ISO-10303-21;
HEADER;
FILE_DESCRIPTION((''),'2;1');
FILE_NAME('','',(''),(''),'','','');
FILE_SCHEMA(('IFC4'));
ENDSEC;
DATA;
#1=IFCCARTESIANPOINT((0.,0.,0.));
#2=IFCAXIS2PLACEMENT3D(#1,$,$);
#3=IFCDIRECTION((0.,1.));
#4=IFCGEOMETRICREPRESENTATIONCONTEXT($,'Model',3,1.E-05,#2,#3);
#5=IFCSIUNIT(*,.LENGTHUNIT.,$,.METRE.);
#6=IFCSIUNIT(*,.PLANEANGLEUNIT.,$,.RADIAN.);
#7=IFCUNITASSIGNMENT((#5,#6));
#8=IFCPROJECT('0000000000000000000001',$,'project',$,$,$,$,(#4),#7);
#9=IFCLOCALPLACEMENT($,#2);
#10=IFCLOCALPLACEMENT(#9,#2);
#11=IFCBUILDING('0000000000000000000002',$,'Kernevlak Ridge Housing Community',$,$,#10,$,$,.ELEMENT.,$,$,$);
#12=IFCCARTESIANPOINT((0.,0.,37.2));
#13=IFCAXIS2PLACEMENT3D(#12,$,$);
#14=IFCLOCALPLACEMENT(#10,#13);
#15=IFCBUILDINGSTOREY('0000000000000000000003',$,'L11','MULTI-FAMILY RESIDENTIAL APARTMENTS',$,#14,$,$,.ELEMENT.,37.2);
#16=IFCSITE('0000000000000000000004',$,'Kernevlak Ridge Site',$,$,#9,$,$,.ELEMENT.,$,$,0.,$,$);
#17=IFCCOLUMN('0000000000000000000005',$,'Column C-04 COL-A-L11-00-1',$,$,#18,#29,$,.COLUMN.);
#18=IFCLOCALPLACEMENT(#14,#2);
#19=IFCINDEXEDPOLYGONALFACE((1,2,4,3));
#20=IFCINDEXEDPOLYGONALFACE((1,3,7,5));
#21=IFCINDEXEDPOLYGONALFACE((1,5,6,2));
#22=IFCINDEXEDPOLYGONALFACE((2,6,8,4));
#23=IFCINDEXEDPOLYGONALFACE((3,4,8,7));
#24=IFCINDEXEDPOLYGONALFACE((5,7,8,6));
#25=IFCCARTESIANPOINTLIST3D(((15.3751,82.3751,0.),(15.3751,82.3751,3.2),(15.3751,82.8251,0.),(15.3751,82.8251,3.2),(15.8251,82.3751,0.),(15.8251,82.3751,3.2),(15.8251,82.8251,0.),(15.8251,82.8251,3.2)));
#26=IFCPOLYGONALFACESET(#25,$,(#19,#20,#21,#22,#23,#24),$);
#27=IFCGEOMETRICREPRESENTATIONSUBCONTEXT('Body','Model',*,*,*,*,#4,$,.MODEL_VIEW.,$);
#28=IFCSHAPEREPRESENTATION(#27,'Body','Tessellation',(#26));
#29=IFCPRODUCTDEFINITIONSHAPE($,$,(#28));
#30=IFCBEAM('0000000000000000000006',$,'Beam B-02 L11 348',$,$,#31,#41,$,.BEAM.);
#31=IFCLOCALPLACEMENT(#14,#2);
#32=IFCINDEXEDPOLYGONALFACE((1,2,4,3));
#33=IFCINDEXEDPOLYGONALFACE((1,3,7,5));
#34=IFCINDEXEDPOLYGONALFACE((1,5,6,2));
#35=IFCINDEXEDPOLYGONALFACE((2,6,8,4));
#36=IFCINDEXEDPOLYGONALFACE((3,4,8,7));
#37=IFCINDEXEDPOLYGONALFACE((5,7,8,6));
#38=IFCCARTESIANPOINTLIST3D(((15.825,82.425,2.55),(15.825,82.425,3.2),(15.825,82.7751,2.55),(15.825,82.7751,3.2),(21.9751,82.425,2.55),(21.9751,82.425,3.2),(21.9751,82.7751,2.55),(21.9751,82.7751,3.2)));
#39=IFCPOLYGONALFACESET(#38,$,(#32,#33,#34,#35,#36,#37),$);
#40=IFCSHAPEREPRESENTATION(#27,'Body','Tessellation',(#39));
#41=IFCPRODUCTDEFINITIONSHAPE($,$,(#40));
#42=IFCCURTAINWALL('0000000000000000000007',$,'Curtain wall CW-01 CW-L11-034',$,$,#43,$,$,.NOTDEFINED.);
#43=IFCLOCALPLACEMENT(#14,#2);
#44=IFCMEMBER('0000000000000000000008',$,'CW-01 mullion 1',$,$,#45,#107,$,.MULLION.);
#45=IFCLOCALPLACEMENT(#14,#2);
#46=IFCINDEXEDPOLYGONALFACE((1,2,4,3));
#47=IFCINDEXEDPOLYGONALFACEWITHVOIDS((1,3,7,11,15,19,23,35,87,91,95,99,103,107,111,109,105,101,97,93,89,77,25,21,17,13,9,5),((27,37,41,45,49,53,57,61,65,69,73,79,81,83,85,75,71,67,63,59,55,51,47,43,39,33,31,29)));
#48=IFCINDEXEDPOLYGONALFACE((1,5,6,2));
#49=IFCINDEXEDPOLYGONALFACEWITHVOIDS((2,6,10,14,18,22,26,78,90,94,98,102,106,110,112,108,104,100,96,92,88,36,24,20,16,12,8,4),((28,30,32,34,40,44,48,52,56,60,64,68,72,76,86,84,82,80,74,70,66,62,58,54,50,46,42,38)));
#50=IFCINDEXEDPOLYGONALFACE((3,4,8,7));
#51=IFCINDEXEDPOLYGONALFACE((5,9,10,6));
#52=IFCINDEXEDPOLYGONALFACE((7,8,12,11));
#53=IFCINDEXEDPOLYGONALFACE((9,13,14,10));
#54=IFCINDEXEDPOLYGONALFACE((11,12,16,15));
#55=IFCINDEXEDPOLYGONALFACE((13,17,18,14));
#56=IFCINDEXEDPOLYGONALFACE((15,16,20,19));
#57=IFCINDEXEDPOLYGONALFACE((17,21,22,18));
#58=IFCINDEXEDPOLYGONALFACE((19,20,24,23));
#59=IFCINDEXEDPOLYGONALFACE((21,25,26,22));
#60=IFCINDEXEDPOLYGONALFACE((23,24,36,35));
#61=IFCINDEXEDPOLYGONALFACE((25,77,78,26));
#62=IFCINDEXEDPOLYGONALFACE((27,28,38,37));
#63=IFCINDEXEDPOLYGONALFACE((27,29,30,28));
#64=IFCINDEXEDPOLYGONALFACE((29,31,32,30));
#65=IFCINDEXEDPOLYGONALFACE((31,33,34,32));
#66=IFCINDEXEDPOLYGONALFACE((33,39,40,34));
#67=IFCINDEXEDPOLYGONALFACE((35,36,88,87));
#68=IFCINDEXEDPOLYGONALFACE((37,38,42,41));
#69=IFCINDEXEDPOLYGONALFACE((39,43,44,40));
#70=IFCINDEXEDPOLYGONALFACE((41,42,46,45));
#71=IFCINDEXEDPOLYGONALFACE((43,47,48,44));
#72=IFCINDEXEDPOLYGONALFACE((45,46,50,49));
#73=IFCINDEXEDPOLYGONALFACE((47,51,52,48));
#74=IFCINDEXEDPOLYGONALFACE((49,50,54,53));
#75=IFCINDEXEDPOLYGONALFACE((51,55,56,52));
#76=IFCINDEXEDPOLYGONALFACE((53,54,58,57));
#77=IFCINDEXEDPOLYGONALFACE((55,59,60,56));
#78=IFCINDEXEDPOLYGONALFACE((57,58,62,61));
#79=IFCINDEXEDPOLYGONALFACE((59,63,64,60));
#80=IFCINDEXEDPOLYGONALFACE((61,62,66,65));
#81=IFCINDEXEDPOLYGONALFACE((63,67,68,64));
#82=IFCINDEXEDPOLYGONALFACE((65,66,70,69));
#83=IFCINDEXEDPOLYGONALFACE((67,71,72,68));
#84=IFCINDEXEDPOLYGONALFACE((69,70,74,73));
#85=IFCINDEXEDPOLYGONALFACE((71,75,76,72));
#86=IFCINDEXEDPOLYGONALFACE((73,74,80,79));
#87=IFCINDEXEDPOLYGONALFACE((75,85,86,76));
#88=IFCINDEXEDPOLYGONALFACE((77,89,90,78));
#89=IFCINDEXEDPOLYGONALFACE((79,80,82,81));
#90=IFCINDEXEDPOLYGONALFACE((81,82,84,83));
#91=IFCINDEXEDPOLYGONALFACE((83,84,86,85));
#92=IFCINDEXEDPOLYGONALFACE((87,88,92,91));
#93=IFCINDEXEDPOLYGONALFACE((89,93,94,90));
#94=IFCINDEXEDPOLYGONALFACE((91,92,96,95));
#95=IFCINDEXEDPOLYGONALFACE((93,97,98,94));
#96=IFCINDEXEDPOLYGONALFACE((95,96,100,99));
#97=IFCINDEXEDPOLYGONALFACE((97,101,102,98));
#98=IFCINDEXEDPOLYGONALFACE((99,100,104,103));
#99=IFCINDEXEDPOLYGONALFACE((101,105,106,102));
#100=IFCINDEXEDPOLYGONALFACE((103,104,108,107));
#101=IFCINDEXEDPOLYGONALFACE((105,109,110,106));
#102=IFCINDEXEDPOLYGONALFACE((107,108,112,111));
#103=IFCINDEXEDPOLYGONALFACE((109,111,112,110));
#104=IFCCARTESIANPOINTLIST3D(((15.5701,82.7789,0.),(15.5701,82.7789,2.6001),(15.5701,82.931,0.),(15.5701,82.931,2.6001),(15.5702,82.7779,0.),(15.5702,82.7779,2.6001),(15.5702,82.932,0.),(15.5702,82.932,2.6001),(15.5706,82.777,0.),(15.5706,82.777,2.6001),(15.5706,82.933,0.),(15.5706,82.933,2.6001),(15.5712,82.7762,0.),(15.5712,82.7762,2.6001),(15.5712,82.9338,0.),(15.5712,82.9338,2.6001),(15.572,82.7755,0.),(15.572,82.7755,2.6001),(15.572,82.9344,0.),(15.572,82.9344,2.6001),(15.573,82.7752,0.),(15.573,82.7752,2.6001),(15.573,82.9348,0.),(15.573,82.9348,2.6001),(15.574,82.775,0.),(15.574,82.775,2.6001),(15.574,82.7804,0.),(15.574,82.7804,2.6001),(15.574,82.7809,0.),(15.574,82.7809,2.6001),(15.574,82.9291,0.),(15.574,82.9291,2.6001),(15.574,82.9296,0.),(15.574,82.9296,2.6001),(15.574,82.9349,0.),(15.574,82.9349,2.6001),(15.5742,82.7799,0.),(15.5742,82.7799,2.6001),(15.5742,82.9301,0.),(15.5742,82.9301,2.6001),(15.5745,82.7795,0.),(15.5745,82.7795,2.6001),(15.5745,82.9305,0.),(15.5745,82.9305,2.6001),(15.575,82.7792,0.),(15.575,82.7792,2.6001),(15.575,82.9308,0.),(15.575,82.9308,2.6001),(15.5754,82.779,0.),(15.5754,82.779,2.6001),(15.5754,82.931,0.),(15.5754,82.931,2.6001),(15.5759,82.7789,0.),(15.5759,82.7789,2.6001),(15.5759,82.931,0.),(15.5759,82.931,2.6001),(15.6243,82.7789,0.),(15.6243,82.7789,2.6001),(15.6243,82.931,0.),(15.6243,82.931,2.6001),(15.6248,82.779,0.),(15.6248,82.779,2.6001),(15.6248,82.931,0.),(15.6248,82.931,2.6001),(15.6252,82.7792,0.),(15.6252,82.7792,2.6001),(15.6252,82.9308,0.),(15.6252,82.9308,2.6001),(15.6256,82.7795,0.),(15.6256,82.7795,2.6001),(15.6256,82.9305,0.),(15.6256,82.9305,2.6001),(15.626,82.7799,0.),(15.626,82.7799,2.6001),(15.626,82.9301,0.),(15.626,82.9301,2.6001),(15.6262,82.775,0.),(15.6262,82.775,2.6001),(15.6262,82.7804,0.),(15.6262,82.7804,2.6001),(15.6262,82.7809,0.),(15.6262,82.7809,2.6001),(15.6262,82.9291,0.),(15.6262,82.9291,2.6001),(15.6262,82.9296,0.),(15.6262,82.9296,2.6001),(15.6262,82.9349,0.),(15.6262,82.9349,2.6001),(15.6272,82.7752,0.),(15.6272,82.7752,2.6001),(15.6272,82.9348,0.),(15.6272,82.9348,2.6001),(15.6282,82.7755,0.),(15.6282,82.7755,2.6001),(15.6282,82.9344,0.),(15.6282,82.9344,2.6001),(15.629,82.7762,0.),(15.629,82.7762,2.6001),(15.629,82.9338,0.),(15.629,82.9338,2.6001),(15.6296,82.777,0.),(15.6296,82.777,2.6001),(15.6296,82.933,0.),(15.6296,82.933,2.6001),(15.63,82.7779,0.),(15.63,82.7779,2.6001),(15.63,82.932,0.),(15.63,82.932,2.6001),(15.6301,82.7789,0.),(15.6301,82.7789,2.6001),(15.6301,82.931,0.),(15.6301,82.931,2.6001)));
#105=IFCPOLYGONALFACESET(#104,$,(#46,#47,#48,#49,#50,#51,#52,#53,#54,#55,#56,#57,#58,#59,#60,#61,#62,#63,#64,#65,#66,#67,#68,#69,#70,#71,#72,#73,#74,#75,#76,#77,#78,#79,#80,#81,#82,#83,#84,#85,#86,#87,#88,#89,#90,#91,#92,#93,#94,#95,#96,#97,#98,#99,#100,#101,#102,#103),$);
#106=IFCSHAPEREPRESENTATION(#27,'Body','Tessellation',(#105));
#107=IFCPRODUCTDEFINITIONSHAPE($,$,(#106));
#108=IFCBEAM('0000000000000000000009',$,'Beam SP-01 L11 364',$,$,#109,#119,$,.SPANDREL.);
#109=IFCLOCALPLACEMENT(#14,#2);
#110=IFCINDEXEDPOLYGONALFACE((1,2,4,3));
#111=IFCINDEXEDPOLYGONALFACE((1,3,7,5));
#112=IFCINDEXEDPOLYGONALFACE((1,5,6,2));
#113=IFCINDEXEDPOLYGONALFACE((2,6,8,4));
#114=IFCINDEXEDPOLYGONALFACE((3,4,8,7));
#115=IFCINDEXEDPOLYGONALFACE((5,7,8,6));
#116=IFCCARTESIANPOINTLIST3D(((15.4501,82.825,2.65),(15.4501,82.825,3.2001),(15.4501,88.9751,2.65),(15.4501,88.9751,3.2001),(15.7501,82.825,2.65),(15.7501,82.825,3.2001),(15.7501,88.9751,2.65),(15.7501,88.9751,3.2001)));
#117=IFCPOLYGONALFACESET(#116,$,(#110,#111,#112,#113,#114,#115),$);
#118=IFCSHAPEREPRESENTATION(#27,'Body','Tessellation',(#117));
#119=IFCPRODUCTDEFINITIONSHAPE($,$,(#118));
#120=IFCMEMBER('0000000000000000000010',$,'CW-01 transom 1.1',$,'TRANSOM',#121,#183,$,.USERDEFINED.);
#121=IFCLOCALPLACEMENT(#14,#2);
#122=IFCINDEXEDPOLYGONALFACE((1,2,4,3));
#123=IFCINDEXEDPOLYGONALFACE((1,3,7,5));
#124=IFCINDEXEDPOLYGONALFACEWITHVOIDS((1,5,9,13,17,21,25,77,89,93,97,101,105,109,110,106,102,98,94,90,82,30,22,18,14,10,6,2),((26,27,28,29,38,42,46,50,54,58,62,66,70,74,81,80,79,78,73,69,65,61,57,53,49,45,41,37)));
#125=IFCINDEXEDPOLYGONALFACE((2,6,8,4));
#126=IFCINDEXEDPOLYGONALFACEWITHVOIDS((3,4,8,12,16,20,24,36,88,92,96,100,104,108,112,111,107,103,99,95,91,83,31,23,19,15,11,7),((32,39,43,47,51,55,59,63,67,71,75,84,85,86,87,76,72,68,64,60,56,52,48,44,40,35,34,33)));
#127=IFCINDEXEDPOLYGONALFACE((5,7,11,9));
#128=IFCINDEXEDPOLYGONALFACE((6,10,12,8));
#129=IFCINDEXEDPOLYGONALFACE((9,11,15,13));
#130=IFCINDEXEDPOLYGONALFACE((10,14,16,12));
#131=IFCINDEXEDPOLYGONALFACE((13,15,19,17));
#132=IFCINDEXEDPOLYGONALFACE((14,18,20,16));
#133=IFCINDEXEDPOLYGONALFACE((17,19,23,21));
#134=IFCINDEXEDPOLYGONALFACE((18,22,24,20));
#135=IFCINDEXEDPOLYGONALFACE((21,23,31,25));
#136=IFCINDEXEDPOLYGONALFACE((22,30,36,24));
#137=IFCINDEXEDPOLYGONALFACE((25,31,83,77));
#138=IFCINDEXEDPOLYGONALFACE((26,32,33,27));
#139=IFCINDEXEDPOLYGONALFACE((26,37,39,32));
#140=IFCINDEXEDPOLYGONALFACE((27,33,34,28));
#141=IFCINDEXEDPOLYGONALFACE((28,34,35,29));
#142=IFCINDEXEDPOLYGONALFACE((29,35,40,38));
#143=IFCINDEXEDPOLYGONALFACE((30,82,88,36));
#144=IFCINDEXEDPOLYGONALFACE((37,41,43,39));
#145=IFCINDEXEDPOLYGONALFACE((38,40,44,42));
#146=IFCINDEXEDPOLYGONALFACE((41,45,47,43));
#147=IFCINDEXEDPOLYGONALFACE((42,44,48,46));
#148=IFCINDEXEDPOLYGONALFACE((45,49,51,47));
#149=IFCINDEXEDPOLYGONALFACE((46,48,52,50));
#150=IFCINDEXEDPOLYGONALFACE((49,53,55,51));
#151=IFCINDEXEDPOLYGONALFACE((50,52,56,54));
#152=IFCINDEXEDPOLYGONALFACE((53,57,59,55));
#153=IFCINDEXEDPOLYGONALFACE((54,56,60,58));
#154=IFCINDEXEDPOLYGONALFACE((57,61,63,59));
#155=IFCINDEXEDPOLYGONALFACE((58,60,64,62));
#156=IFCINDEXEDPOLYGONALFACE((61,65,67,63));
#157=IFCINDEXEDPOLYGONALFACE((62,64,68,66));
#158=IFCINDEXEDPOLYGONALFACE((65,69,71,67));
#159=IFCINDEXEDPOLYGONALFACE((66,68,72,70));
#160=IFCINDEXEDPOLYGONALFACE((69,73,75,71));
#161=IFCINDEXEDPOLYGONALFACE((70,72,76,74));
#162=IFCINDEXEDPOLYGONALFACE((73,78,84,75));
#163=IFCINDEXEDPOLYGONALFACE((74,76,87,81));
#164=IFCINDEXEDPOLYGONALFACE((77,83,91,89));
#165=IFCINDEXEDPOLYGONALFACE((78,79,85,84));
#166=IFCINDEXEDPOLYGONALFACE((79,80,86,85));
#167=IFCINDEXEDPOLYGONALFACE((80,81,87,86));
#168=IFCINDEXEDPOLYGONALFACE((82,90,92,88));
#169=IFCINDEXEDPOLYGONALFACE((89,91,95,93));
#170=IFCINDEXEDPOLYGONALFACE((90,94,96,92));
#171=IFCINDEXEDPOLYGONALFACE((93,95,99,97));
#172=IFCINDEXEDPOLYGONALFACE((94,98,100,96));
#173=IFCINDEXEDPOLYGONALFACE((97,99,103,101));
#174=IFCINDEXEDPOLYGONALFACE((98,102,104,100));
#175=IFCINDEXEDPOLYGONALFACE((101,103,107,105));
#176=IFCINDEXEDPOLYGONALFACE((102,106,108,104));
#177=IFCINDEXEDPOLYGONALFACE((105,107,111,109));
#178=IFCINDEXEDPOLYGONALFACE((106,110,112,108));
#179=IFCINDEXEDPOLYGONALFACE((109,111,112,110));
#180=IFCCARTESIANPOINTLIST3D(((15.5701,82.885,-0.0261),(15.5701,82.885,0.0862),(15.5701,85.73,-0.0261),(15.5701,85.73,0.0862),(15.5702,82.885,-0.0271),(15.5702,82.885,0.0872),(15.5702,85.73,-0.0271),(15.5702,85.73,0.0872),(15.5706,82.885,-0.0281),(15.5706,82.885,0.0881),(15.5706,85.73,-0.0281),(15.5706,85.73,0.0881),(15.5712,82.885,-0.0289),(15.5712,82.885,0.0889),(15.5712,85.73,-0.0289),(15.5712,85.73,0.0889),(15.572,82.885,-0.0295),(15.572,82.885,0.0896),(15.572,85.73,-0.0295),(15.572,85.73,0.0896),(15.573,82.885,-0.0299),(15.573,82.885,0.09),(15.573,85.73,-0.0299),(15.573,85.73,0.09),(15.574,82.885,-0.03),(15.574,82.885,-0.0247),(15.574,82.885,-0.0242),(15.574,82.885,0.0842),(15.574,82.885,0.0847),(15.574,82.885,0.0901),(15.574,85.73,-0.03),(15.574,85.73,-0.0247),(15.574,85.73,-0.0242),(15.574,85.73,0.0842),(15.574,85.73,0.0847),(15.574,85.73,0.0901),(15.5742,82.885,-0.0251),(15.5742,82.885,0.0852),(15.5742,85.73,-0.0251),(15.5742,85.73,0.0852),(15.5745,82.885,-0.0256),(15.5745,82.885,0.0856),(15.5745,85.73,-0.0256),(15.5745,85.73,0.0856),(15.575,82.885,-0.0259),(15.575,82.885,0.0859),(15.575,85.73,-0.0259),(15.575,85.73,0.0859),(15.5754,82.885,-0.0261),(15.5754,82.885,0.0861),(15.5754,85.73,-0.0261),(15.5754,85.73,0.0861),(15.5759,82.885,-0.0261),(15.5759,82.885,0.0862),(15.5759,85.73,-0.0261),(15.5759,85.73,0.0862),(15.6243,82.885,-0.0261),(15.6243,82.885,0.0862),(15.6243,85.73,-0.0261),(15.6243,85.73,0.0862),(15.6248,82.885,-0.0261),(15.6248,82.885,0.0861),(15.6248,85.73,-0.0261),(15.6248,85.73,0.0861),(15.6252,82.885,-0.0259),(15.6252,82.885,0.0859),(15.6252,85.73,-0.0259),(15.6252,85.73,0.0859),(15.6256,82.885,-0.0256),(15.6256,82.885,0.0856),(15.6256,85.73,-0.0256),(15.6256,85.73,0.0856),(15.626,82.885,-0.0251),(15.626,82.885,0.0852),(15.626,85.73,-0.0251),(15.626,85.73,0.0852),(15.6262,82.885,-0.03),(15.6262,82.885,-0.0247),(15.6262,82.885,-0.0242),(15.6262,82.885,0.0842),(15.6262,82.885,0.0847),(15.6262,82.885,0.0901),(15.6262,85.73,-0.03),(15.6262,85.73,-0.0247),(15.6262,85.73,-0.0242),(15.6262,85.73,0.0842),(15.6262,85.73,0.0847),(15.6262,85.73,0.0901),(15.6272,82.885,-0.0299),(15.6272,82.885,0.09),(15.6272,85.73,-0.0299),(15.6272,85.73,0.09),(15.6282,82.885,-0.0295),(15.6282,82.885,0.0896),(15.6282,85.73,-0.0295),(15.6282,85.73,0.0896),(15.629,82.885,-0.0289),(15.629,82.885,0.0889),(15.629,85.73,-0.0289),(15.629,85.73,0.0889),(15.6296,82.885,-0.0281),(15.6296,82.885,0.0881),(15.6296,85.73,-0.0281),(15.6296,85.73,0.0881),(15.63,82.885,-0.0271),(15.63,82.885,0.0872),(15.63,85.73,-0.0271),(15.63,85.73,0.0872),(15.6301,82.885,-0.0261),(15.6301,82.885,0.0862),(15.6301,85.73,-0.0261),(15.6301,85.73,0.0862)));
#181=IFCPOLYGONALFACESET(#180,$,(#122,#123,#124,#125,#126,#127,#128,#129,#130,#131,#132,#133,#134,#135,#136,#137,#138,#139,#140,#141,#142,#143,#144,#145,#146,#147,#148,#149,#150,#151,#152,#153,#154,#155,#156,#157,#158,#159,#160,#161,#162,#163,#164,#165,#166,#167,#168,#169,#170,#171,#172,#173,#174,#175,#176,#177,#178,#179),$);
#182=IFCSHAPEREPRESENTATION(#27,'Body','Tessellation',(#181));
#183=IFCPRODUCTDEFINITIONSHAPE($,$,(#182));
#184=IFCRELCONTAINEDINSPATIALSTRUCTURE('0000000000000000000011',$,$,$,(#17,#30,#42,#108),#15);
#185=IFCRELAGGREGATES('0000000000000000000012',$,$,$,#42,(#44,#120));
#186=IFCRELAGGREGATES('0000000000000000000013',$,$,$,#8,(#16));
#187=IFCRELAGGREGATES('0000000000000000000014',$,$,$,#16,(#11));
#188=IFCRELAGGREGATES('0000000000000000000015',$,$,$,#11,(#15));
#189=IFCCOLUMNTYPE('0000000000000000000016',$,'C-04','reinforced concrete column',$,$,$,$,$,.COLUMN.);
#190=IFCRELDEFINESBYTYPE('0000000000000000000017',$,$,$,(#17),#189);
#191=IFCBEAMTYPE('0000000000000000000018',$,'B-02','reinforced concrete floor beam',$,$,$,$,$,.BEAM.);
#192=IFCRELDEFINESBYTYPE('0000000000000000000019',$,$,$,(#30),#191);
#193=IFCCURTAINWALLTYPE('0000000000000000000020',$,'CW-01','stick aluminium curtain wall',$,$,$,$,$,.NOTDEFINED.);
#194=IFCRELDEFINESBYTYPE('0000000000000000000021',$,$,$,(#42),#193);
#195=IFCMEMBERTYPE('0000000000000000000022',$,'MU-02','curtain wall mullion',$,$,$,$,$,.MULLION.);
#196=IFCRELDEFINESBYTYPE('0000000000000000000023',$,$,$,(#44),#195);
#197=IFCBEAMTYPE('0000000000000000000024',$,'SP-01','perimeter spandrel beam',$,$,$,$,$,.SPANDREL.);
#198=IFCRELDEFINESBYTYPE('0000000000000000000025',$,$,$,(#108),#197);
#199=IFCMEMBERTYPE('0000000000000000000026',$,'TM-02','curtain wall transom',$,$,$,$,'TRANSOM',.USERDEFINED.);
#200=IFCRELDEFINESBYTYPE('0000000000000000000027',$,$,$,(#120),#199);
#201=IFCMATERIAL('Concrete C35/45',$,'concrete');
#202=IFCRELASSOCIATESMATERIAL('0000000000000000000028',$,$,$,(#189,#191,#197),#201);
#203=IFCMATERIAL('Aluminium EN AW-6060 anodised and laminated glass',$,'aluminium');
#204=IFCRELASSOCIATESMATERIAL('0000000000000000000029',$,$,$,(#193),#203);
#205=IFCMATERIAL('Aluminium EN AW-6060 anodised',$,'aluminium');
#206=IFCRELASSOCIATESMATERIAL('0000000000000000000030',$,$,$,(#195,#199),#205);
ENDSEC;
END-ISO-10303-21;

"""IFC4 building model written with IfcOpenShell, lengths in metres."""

from ifc_helpers import new_model, si_unit, direction, frame, origin, origin_2d, place, context, subcontext, project, spatial, rectangle, hollow_rectangle, extrude, material, material_profile, profile_set, type_object, element, aggregate, save


model = new_model("IFC4")

# Units and contexts
model_context = context("Model", 3, precision=1e-05, world=origin(), true_north=direction((0.0, 1.0)))
body_context = subcontext(model_context, "Body", "Model", "MODEL_VIEW")
ifc_project = project(units=[si_unit("LENGTHUNIT", "METRE"), si_unit("PLANEANGLEUNIT", "RADIAN")], contexts=[model_context])

# Site, building, storey
site_placement = place(None, origin())
site = spatial("IfcSite", under=ifc_project, at=site_placement, Name="Kernevlak Ridge Site", CompositionType="ELEMENT", RefElevation=0.0)
building_placement = place(site_placement, origin())
building = spatial("IfcBuilding", under=site, at=building_placement, Name="Kernevlak Ridge Housing Community", CompositionType="ELEMENT")
storey_placement = place(building_placement, frame((0.0, 0.0, 37.2)))
storey = spatial("IfcBuildingStorey", under=building, at=storey_placement, Name="L11", Description="MULTI-FAMILY RESIDENTIAL APARTMENTS", CompositionType="ELEMENT", Elevation=37.2)

# Column
ifc_material_1 = material(Name="Concrete C35/45", Category="concrete")
ifc_material_profile_1 = material_profile(ifc_material_1, rectangle(XDim=0.45, YDim=0.45, at=origin_2d()), Name="RC 450x450")
ifc_profile_set_1 = profile_set([ifc_material_profile_1], Name="Concrete C35/45")
column_type = type_object("IfcColumnType", Name="C-04", Description="reinforced concrete column", PredefinedType="COLUMN", material=ifc_profile_set_1)
column_placement = place(storey_placement, frame((15.6001, 82.6001, 0.0), z_axis=(0.0, 0.0, 1.0), x_axis=(1.0, 0.0, 0.0)))
element("IfcColumn", 1, at=column_placement, inside=storey, type_object=column_type, Name="Column C-04 COL-A-L11-00-1", PredefinedType="COLUMN", context=body_context, shape_type="SweptSolid", body=[
    extrude(rectangle(XDim=0.45, YDim=0.45, at=origin_2d()), origin(), (0.0, 0.0, 1.0), 3.2),
])

# Beam
ifc_material_profile_2 = material_profile(ifc_material_1, rectangle(XDim=0.3501, YDim=0.6499, at=origin_2d()), Name="RC 350x650")
ifc_profile_set_2 = profile_set([ifc_material_profile_2], Name="Concrete C35/45")
beam_type_1 = type_object("IfcBeamType", Name="B-02", Description="reinforced concrete floor beam", PredefinedType="BEAM", material=ifc_profile_set_2)
beam_1_placement = place(storey_placement, frame((15.825, 82.6001, 2.875), z_axis=(1.0, 0.0, 0.0), x_axis=(0.0, 1.0, 0.0)))
element("IfcBeam", 2, at=beam_1_placement, inside=storey, type_object=beam_type_1, Name="Beam B-02 L11 348", PredefinedType="BEAM", context=body_context, shape_type="SweptSolid", body=[
    extrude(rectangle(XDim=0.3501, YDim=0.6499, at=origin_2d()), origin(), (0.0, 0.0, 1.0), 6.1501),
])

# Curtain wall, member
ifc_material_2 = material(Name="Aluminium EN AW-6060 anodised and laminated glass", Category="aluminium")
curtain_wall_type = type_object("IfcCurtainWallType", Name="CW-01", Description="stick aluminium curtain wall", PredefinedType="NOTDEFINED", material=ifc_material_2)
curtain_wall_placement = place(storey_placement, origin())
curtain_wall = element("IfcCurtainWall", 3, at=curtain_wall_placement, inside=storey, type_object=curtain_wall_type, Name="Curtain wall CW-01 CW-L11-034", PredefinedType="NOTDEFINED")
ifc_material_3 = material(Name="Aluminium EN AW-6060 anodised", Category="aluminium")
ifc_material_profile_3 = material_profile(ifc_material_3, hollow_rectangle(XDim=0.0601, YDim=0.1599, WallThickness=0.0039, InnerFilletRadius=0.002, OuterFilletRadius=0.0039, at=origin_2d()), Name="ALU 60x160x4")
ifc_profile_set_3 = profile_set([ifc_material_profile_3], Name="Aluminium EN AW-6060 anodised")
member_type_1 = type_object("IfcMemberType", Name="MU-02", Description="curtain wall mullion", PredefinedType="MULLION", material=ifc_profile_set_3)
member_1_placement = place(storey_placement, frame((15.6001, 82.855, 0.0), z_axis=(0.0, 0.0, 1.0), x_axis=(-1.0, 0.0, 0.0)))
member_1 = element("IfcMember", 4, at=member_1_placement, type_object=member_type_1, Name="CW-01 mullion 1", PredefinedType="MULLION", context=body_context, shape_type="SweptSolid", body=[
    extrude(hollow_rectangle(XDim=0.0601, YDim=0.1599, WallThickness=0.0039, InnerFilletRadius=0.002, OuterFilletRadius=0.0039, at=origin_2d()), origin(), (0.0, 0.0, 1.0), 2.6001),
])

# Beam
ifc_material_profile_4 = material_profile(ifc_material_1, rectangle(XDim=0.3, YDim=0.55, at=origin_2d()), Name="RC 300x550")
ifc_profile_set_4 = profile_set([ifc_material_profile_4], Name="Concrete C35/45")
beam_type_2 = type_object("IfcBeamType", Name="SP-01", Description="perimeter spandrel beam", PredefinedType="SPANDREL", material=ifc_profile_set_4)
beam_2_placement = place(storey_placement, frame((15.6001, 82.825, 2.925), z_axis=(0.0, 1.0, 0.0), x_axis=(-1.0, 0.0, 0.0)))
element("IfcBeam", 5, at=beam_2_placement, inside=storey, type_object=beam_type_2, Name="Beam SP-01 L11 364", PredefinedType="SPANDREL", context=body_context, shape_type="SweptSolid", body=[
    extrude(rectangle(XDim=0.3, YDim=0.55, at=origin_2d()), origin(), (0.0, 0.0, 1.0), 6.1501),
])

# Member
ifc_material_profile_5 = material_profile(ifc_material_3, hollow_rectangle(XDim=0.0601, YDim=0.1201, WallThickness=0.0039, InnerFilletRadius=0.002, OuterFilletRadius=0.0039, at=origin_2d()), Name="ALU 60x120x4")
ifc_profile_set_5 = profile_set([ifc_material_profile_5], Name="Aluminium EN AW-6060 anodised")
member_type_2 = type_object("IfcMemberType", Name="TM-02", Description="curtain wall transom", ElementType="TRANSOM", PredefinedType="USERDEFINED", material=ifc_profile_set_5)
member_2_placement = place(storey_placement, frame((15.6001, 82.885, 0.03), z_axis=(0.0, 1.0, 0.0), x_axis=(-1.0, 0.0, 0.0)))
member_2 = element("IfcMember", 6, at=member_2_placement, type_object=member_type_2, Name="CW-01 transom 1.1", ObjectType="TRANSOM", PredefinedType="USERDEFINED", context=body_context, shape_type="SweptSolid", body=[
    extrude(hollow_rectangle(XDim=0.0601, YDim=0.1201, WallThickness=0.0039, InnerFilletRadius=0.002, OuterFilletRadius=0.0039, at=origin_2d()), origin(), (0.0, 0.0, 1.0), 2.845),
])

aggregate(curtain_wall, [member_1, member_2])

save(model, "model.ifc")
